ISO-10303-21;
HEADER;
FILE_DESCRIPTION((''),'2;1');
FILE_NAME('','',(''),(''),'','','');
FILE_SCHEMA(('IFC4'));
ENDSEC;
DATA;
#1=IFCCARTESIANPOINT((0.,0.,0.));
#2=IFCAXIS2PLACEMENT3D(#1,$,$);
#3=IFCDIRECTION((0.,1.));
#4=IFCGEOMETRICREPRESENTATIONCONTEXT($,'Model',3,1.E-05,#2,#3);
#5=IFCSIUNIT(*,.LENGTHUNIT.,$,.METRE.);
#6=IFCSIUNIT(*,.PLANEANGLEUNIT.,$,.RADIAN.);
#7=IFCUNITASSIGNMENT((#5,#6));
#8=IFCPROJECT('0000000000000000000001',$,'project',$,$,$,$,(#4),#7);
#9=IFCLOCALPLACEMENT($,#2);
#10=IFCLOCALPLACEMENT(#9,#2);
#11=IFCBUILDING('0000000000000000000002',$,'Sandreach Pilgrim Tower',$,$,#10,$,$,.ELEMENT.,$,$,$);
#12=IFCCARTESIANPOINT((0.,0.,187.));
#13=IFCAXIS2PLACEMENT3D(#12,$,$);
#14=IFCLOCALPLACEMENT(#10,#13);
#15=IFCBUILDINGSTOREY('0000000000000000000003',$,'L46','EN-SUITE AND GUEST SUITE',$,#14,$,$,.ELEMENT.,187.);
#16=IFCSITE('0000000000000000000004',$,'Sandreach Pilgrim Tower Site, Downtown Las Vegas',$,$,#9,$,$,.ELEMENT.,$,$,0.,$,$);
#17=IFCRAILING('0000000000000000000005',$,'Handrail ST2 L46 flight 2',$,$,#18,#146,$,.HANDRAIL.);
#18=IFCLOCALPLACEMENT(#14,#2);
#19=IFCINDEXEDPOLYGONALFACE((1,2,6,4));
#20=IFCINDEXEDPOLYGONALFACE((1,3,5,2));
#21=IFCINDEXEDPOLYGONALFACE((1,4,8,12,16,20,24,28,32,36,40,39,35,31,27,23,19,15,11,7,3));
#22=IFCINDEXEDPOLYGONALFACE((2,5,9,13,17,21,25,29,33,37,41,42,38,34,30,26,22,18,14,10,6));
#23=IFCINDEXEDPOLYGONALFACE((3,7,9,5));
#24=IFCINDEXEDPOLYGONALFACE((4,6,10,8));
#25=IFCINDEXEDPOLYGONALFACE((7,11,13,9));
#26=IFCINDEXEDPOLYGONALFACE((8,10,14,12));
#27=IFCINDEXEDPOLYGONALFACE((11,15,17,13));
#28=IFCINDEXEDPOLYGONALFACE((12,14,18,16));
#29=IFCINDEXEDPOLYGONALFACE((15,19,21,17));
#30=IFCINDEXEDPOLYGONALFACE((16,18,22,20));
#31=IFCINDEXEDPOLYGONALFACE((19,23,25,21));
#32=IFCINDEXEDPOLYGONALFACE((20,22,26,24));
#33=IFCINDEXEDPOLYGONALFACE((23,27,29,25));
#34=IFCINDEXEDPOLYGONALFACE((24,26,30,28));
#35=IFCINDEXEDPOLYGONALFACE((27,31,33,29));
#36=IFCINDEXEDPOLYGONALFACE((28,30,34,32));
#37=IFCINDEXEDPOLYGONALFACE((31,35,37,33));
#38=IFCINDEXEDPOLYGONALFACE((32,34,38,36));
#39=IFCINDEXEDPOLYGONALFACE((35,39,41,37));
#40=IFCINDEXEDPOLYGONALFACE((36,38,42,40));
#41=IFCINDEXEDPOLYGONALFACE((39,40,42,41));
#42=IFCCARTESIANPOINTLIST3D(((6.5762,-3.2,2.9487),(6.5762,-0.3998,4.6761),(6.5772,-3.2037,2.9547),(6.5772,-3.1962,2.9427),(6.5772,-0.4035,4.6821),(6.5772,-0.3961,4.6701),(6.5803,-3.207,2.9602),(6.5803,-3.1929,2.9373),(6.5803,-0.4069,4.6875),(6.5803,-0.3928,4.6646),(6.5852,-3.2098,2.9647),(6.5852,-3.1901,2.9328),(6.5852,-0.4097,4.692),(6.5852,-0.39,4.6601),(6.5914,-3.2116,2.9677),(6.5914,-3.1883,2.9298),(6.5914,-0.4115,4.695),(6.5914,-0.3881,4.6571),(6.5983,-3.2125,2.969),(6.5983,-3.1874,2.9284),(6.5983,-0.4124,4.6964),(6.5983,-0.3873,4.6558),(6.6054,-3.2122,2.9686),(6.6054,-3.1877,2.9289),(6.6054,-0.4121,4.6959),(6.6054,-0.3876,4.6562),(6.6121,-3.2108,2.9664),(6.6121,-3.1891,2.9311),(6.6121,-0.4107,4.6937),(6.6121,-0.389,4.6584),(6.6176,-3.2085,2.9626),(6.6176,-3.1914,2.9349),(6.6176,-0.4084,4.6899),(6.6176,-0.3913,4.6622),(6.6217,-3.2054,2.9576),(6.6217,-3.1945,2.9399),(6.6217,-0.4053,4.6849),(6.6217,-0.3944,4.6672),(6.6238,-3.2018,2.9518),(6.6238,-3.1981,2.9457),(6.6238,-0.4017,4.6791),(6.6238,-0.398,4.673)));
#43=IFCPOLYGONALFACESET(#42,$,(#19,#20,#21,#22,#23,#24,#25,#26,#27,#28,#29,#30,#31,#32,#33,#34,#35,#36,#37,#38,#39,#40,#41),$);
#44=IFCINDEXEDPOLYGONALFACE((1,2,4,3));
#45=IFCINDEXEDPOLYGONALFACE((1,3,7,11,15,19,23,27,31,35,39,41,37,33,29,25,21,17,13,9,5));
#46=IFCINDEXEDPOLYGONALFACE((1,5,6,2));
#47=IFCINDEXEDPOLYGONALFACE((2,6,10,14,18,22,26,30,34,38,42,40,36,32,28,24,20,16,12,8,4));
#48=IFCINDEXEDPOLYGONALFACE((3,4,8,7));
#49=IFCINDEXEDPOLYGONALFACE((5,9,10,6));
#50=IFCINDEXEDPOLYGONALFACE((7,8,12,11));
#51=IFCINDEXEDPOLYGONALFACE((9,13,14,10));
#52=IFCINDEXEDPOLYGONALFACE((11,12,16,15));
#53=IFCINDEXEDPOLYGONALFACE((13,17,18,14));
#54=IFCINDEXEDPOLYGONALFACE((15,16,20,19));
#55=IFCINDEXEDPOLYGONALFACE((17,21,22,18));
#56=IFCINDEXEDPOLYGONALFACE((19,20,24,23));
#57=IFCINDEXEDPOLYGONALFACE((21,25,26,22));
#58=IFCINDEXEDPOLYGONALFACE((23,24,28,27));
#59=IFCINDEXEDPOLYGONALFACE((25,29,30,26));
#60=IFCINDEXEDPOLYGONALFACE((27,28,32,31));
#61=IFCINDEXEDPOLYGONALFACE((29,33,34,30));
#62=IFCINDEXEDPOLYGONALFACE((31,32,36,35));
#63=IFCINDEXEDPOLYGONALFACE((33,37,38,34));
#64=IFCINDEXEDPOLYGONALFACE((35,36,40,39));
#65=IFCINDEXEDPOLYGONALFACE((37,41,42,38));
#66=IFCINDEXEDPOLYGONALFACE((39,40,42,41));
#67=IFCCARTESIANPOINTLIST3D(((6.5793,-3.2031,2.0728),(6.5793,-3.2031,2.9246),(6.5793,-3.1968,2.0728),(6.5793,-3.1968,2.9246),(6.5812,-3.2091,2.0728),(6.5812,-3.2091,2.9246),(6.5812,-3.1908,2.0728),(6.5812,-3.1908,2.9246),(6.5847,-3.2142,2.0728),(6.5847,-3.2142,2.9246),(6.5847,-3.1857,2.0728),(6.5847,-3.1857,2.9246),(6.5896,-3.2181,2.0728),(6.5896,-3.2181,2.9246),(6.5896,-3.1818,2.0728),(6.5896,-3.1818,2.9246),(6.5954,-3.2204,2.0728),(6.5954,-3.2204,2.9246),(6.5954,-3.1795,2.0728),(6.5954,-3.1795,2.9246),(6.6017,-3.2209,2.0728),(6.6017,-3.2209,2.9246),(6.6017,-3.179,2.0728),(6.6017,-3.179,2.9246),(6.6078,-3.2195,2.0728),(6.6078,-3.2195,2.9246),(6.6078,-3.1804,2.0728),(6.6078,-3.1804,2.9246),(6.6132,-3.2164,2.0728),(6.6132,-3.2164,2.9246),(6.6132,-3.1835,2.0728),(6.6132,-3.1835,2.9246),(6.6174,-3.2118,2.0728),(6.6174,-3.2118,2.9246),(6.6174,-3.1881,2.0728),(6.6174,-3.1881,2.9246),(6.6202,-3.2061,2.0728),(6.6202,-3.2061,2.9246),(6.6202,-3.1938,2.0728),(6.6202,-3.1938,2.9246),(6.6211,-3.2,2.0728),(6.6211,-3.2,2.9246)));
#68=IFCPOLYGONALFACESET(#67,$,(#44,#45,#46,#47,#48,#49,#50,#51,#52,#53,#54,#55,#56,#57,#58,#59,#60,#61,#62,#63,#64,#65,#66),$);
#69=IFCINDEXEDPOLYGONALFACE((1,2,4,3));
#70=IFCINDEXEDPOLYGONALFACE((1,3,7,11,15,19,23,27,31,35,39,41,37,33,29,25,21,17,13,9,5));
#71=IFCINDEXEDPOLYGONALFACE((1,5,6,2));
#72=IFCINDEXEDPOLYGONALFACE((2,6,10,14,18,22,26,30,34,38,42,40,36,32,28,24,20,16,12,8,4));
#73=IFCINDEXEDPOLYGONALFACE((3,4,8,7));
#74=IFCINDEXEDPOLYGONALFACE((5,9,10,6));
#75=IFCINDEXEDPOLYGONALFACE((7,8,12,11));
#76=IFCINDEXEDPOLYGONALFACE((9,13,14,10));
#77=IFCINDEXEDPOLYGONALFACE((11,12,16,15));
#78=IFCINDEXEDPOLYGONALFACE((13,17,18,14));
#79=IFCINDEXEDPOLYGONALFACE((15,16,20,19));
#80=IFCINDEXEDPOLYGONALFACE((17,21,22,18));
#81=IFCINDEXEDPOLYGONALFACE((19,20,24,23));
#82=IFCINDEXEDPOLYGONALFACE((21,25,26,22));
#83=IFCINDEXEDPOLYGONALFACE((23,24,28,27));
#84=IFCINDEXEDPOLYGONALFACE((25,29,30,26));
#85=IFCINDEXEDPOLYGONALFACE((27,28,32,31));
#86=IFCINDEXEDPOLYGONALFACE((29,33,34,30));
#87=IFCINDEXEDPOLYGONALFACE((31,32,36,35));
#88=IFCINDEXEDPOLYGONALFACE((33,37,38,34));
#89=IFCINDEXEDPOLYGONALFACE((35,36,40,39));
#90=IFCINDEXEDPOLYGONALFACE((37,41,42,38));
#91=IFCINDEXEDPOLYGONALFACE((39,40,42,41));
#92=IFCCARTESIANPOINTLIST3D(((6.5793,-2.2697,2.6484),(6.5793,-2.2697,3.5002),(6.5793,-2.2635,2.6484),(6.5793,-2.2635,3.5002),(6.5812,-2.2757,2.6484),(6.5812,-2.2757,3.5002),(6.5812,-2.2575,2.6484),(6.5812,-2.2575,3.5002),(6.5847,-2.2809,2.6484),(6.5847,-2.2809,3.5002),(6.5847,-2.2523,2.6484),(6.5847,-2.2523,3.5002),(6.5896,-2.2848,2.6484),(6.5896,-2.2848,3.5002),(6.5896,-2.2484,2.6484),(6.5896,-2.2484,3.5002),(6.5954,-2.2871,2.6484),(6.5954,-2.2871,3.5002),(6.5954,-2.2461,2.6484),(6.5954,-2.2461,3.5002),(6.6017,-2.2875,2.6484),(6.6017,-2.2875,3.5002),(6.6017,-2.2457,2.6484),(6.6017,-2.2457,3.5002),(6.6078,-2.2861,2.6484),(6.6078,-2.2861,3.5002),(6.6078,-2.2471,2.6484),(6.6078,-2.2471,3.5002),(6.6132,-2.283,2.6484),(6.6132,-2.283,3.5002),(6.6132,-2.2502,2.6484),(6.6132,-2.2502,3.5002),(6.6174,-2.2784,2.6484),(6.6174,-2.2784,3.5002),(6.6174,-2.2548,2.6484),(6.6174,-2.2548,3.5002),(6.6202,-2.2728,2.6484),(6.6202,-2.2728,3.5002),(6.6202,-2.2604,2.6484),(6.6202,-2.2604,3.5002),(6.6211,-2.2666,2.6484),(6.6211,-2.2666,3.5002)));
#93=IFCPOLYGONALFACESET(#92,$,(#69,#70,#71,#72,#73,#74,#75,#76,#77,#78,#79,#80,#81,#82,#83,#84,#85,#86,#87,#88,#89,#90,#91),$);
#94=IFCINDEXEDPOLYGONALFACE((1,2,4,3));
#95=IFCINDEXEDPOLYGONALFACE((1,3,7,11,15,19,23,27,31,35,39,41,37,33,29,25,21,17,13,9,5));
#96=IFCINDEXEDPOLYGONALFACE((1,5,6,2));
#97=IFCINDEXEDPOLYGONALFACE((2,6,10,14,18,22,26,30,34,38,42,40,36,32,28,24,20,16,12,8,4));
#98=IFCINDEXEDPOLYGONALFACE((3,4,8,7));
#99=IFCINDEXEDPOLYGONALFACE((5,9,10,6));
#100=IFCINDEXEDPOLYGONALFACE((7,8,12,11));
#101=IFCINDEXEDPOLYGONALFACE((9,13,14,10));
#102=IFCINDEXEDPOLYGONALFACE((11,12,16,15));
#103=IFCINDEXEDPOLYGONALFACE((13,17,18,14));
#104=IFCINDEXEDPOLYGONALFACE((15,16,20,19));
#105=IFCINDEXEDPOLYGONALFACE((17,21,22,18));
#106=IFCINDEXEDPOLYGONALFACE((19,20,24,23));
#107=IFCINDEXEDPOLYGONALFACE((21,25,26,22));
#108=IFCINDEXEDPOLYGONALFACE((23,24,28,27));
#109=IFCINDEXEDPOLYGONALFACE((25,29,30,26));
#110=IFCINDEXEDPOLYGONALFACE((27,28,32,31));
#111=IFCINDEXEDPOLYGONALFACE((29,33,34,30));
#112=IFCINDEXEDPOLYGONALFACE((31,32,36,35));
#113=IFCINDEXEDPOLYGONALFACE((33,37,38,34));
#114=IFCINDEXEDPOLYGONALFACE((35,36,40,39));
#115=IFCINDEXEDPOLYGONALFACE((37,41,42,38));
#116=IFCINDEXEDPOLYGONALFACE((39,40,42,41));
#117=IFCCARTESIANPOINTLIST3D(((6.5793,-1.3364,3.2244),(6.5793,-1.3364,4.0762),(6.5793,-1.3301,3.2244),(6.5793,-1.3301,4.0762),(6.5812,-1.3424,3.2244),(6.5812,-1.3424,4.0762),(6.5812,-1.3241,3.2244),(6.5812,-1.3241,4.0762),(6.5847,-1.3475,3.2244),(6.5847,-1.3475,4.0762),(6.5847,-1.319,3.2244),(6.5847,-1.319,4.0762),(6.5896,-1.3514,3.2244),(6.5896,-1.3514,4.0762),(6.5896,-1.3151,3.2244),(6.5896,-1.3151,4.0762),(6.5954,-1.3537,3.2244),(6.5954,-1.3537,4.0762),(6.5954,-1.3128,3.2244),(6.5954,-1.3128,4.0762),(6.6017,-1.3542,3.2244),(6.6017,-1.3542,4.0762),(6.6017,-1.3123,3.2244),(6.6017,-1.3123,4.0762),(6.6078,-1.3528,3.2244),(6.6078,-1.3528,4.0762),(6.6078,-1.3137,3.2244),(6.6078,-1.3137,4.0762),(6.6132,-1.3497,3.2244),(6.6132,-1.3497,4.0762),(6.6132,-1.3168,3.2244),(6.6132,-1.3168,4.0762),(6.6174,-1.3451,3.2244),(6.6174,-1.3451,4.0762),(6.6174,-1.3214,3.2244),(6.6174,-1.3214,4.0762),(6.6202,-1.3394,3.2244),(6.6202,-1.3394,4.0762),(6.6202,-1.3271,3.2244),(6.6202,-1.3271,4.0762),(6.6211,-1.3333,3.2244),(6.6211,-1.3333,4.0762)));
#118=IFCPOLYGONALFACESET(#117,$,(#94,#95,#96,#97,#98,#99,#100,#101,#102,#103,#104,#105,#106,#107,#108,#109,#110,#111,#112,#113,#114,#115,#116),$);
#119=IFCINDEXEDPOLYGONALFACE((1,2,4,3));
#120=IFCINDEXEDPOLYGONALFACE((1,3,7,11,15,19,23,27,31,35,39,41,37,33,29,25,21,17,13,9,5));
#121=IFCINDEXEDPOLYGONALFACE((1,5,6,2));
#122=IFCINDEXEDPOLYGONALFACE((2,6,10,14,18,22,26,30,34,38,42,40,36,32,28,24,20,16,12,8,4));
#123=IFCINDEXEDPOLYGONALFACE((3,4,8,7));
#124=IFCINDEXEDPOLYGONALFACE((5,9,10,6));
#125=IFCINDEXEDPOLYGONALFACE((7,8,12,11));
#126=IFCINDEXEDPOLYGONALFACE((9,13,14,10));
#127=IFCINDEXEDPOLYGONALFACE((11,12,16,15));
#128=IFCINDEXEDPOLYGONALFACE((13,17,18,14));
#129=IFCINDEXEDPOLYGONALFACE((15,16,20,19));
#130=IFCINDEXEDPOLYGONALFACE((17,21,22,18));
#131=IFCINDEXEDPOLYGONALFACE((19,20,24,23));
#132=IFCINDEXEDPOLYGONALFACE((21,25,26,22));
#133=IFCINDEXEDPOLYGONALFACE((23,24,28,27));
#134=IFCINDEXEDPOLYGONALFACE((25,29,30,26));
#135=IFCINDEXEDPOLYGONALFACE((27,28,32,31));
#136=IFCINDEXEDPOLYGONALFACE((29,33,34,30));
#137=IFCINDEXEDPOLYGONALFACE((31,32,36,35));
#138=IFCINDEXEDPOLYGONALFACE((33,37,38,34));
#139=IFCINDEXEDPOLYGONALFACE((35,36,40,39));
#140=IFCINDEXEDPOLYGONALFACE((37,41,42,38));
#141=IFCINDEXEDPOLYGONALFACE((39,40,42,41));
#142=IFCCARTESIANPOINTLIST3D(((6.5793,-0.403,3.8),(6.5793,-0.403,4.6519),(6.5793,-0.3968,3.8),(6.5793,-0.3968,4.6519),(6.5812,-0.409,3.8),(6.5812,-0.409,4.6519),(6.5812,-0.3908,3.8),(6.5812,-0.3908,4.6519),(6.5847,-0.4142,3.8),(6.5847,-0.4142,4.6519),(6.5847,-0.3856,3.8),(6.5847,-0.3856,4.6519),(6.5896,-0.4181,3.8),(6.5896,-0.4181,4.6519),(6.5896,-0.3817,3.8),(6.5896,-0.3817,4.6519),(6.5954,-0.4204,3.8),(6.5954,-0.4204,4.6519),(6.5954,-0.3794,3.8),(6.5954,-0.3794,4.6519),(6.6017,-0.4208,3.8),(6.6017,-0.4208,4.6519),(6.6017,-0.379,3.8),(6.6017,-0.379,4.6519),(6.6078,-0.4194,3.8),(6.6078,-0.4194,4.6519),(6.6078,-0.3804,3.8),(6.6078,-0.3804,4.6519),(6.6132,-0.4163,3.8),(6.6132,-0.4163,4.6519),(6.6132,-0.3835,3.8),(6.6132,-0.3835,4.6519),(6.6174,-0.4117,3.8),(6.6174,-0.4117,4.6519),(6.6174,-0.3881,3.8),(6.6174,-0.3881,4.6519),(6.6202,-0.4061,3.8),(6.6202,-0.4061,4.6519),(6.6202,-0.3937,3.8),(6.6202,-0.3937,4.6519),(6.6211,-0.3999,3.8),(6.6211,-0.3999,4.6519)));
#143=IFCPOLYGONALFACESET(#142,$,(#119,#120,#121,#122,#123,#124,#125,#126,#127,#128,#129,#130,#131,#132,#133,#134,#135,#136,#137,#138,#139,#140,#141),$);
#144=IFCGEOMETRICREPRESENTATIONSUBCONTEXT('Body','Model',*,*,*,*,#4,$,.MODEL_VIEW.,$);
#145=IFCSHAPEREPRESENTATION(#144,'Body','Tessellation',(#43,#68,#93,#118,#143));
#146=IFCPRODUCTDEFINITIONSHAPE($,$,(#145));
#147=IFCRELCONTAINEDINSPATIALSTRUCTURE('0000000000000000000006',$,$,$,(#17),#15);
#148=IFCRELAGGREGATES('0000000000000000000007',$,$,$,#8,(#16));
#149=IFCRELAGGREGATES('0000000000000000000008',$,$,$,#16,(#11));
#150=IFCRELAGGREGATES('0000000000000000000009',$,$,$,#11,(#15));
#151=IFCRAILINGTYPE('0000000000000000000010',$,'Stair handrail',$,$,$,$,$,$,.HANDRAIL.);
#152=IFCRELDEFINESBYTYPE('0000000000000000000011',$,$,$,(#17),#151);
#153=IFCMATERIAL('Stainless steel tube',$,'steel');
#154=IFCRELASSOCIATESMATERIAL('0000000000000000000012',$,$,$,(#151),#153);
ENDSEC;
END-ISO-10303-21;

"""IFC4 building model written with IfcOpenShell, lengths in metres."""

from ifc_helpers import new_model, si_unit, direction, frame, origin, origin_2d, place, context, subcontext, project, spatial, circle, extrude, material, type_object, element, save


model = new_model("IFC4")

# Units and contexts
model_context = context("Model", 3, precision=1e-05, world=origin(), true_north=direction((0.0, 1.0)))
body_context = subcontext(model_context, "Body", "Model", "MODEL_VIEW")
ifc_project = project(units=[si_unit("LENGTHUNIT", "METRE"), si_unit("PLANEANGLEUNIT", "RADIAN")], contexts=[model_context])

# Site, building, storey
site_placement = place(None, origin())
site = spatial("IfcSite", under=ifc_project, at=site_placement, Name="Sandreach Pilgrim Tower Site, Downtown Las Vegas", CompositionType="ELEMENT", RefElevation=0.0)
building_placement = place(site_placement, origin())
building = spatial("IfcBuilding", under=site, at=building_placement, Name="Sandreach Pilgrim Tower", CompositionType="ELEMENT")
storey_placement = place(building_placement, frame((0.0, 0.0, 187.0)))
storey = spatial("IfcBuildingStorey", under=building, at=storey_placement, Name="L46", Description="EN-SUITE AND GUEST SUITE", CompositionType="ELEMENT", Elevation=187.0)

# Railing
ifc_material_1 = material(Name="Stainless steel tube", Category="steel")
railing_type = type_object("IfcRailingType", Name="Stair handrail", PredefinedType="HANDRAIL", material=ifc_material_1)
for number, where, name in (
    (1, (6.6001, -3.2, 2.0728), "Handrail ST2 L46 flight 2"),
):
    element("IfcRailing", number, at=place(storey_placement, frame(where)), inside=storey, type_object=railing_type, Name=name, PredefinedType="HANDRAIL", context=body_context, shape_type="SweptSolid", body=[
        extrude(circle(Radius=0.0239, at=origin_2d()), frame((0.0, 0.0, 0.876), z_axis=(0.0, 0.85109, 0.52502), x_axis=(-1.0, 0.0, 0.0)), (0.0, 0.0, 1.0), 3.29),
        extrude(circle(Radius=0.021, at=origin_2d()), origin(), (0.0, 0.0, 1.0), 0.8518),
        extrude(circle(Radius=0.021, at=origin_2d()), frame((0.0, 0.9333, 0.5757)), (0.0, 0.0, 1.0), 0.8518),
        extrude(circle(Radius=0.021, at=origin_2d()), frame((0.0, 1.8667, 1.1516)), (0.0, 0.0, 1.0), 0.8518),
        extrude(circle(Radius=0.021, at=origin_2d()), frame((0.0, 2.8, 1.7273)), (0.0, 0.0, 1.0), 0.8518),
    ])

save(model, "model.ifc")
